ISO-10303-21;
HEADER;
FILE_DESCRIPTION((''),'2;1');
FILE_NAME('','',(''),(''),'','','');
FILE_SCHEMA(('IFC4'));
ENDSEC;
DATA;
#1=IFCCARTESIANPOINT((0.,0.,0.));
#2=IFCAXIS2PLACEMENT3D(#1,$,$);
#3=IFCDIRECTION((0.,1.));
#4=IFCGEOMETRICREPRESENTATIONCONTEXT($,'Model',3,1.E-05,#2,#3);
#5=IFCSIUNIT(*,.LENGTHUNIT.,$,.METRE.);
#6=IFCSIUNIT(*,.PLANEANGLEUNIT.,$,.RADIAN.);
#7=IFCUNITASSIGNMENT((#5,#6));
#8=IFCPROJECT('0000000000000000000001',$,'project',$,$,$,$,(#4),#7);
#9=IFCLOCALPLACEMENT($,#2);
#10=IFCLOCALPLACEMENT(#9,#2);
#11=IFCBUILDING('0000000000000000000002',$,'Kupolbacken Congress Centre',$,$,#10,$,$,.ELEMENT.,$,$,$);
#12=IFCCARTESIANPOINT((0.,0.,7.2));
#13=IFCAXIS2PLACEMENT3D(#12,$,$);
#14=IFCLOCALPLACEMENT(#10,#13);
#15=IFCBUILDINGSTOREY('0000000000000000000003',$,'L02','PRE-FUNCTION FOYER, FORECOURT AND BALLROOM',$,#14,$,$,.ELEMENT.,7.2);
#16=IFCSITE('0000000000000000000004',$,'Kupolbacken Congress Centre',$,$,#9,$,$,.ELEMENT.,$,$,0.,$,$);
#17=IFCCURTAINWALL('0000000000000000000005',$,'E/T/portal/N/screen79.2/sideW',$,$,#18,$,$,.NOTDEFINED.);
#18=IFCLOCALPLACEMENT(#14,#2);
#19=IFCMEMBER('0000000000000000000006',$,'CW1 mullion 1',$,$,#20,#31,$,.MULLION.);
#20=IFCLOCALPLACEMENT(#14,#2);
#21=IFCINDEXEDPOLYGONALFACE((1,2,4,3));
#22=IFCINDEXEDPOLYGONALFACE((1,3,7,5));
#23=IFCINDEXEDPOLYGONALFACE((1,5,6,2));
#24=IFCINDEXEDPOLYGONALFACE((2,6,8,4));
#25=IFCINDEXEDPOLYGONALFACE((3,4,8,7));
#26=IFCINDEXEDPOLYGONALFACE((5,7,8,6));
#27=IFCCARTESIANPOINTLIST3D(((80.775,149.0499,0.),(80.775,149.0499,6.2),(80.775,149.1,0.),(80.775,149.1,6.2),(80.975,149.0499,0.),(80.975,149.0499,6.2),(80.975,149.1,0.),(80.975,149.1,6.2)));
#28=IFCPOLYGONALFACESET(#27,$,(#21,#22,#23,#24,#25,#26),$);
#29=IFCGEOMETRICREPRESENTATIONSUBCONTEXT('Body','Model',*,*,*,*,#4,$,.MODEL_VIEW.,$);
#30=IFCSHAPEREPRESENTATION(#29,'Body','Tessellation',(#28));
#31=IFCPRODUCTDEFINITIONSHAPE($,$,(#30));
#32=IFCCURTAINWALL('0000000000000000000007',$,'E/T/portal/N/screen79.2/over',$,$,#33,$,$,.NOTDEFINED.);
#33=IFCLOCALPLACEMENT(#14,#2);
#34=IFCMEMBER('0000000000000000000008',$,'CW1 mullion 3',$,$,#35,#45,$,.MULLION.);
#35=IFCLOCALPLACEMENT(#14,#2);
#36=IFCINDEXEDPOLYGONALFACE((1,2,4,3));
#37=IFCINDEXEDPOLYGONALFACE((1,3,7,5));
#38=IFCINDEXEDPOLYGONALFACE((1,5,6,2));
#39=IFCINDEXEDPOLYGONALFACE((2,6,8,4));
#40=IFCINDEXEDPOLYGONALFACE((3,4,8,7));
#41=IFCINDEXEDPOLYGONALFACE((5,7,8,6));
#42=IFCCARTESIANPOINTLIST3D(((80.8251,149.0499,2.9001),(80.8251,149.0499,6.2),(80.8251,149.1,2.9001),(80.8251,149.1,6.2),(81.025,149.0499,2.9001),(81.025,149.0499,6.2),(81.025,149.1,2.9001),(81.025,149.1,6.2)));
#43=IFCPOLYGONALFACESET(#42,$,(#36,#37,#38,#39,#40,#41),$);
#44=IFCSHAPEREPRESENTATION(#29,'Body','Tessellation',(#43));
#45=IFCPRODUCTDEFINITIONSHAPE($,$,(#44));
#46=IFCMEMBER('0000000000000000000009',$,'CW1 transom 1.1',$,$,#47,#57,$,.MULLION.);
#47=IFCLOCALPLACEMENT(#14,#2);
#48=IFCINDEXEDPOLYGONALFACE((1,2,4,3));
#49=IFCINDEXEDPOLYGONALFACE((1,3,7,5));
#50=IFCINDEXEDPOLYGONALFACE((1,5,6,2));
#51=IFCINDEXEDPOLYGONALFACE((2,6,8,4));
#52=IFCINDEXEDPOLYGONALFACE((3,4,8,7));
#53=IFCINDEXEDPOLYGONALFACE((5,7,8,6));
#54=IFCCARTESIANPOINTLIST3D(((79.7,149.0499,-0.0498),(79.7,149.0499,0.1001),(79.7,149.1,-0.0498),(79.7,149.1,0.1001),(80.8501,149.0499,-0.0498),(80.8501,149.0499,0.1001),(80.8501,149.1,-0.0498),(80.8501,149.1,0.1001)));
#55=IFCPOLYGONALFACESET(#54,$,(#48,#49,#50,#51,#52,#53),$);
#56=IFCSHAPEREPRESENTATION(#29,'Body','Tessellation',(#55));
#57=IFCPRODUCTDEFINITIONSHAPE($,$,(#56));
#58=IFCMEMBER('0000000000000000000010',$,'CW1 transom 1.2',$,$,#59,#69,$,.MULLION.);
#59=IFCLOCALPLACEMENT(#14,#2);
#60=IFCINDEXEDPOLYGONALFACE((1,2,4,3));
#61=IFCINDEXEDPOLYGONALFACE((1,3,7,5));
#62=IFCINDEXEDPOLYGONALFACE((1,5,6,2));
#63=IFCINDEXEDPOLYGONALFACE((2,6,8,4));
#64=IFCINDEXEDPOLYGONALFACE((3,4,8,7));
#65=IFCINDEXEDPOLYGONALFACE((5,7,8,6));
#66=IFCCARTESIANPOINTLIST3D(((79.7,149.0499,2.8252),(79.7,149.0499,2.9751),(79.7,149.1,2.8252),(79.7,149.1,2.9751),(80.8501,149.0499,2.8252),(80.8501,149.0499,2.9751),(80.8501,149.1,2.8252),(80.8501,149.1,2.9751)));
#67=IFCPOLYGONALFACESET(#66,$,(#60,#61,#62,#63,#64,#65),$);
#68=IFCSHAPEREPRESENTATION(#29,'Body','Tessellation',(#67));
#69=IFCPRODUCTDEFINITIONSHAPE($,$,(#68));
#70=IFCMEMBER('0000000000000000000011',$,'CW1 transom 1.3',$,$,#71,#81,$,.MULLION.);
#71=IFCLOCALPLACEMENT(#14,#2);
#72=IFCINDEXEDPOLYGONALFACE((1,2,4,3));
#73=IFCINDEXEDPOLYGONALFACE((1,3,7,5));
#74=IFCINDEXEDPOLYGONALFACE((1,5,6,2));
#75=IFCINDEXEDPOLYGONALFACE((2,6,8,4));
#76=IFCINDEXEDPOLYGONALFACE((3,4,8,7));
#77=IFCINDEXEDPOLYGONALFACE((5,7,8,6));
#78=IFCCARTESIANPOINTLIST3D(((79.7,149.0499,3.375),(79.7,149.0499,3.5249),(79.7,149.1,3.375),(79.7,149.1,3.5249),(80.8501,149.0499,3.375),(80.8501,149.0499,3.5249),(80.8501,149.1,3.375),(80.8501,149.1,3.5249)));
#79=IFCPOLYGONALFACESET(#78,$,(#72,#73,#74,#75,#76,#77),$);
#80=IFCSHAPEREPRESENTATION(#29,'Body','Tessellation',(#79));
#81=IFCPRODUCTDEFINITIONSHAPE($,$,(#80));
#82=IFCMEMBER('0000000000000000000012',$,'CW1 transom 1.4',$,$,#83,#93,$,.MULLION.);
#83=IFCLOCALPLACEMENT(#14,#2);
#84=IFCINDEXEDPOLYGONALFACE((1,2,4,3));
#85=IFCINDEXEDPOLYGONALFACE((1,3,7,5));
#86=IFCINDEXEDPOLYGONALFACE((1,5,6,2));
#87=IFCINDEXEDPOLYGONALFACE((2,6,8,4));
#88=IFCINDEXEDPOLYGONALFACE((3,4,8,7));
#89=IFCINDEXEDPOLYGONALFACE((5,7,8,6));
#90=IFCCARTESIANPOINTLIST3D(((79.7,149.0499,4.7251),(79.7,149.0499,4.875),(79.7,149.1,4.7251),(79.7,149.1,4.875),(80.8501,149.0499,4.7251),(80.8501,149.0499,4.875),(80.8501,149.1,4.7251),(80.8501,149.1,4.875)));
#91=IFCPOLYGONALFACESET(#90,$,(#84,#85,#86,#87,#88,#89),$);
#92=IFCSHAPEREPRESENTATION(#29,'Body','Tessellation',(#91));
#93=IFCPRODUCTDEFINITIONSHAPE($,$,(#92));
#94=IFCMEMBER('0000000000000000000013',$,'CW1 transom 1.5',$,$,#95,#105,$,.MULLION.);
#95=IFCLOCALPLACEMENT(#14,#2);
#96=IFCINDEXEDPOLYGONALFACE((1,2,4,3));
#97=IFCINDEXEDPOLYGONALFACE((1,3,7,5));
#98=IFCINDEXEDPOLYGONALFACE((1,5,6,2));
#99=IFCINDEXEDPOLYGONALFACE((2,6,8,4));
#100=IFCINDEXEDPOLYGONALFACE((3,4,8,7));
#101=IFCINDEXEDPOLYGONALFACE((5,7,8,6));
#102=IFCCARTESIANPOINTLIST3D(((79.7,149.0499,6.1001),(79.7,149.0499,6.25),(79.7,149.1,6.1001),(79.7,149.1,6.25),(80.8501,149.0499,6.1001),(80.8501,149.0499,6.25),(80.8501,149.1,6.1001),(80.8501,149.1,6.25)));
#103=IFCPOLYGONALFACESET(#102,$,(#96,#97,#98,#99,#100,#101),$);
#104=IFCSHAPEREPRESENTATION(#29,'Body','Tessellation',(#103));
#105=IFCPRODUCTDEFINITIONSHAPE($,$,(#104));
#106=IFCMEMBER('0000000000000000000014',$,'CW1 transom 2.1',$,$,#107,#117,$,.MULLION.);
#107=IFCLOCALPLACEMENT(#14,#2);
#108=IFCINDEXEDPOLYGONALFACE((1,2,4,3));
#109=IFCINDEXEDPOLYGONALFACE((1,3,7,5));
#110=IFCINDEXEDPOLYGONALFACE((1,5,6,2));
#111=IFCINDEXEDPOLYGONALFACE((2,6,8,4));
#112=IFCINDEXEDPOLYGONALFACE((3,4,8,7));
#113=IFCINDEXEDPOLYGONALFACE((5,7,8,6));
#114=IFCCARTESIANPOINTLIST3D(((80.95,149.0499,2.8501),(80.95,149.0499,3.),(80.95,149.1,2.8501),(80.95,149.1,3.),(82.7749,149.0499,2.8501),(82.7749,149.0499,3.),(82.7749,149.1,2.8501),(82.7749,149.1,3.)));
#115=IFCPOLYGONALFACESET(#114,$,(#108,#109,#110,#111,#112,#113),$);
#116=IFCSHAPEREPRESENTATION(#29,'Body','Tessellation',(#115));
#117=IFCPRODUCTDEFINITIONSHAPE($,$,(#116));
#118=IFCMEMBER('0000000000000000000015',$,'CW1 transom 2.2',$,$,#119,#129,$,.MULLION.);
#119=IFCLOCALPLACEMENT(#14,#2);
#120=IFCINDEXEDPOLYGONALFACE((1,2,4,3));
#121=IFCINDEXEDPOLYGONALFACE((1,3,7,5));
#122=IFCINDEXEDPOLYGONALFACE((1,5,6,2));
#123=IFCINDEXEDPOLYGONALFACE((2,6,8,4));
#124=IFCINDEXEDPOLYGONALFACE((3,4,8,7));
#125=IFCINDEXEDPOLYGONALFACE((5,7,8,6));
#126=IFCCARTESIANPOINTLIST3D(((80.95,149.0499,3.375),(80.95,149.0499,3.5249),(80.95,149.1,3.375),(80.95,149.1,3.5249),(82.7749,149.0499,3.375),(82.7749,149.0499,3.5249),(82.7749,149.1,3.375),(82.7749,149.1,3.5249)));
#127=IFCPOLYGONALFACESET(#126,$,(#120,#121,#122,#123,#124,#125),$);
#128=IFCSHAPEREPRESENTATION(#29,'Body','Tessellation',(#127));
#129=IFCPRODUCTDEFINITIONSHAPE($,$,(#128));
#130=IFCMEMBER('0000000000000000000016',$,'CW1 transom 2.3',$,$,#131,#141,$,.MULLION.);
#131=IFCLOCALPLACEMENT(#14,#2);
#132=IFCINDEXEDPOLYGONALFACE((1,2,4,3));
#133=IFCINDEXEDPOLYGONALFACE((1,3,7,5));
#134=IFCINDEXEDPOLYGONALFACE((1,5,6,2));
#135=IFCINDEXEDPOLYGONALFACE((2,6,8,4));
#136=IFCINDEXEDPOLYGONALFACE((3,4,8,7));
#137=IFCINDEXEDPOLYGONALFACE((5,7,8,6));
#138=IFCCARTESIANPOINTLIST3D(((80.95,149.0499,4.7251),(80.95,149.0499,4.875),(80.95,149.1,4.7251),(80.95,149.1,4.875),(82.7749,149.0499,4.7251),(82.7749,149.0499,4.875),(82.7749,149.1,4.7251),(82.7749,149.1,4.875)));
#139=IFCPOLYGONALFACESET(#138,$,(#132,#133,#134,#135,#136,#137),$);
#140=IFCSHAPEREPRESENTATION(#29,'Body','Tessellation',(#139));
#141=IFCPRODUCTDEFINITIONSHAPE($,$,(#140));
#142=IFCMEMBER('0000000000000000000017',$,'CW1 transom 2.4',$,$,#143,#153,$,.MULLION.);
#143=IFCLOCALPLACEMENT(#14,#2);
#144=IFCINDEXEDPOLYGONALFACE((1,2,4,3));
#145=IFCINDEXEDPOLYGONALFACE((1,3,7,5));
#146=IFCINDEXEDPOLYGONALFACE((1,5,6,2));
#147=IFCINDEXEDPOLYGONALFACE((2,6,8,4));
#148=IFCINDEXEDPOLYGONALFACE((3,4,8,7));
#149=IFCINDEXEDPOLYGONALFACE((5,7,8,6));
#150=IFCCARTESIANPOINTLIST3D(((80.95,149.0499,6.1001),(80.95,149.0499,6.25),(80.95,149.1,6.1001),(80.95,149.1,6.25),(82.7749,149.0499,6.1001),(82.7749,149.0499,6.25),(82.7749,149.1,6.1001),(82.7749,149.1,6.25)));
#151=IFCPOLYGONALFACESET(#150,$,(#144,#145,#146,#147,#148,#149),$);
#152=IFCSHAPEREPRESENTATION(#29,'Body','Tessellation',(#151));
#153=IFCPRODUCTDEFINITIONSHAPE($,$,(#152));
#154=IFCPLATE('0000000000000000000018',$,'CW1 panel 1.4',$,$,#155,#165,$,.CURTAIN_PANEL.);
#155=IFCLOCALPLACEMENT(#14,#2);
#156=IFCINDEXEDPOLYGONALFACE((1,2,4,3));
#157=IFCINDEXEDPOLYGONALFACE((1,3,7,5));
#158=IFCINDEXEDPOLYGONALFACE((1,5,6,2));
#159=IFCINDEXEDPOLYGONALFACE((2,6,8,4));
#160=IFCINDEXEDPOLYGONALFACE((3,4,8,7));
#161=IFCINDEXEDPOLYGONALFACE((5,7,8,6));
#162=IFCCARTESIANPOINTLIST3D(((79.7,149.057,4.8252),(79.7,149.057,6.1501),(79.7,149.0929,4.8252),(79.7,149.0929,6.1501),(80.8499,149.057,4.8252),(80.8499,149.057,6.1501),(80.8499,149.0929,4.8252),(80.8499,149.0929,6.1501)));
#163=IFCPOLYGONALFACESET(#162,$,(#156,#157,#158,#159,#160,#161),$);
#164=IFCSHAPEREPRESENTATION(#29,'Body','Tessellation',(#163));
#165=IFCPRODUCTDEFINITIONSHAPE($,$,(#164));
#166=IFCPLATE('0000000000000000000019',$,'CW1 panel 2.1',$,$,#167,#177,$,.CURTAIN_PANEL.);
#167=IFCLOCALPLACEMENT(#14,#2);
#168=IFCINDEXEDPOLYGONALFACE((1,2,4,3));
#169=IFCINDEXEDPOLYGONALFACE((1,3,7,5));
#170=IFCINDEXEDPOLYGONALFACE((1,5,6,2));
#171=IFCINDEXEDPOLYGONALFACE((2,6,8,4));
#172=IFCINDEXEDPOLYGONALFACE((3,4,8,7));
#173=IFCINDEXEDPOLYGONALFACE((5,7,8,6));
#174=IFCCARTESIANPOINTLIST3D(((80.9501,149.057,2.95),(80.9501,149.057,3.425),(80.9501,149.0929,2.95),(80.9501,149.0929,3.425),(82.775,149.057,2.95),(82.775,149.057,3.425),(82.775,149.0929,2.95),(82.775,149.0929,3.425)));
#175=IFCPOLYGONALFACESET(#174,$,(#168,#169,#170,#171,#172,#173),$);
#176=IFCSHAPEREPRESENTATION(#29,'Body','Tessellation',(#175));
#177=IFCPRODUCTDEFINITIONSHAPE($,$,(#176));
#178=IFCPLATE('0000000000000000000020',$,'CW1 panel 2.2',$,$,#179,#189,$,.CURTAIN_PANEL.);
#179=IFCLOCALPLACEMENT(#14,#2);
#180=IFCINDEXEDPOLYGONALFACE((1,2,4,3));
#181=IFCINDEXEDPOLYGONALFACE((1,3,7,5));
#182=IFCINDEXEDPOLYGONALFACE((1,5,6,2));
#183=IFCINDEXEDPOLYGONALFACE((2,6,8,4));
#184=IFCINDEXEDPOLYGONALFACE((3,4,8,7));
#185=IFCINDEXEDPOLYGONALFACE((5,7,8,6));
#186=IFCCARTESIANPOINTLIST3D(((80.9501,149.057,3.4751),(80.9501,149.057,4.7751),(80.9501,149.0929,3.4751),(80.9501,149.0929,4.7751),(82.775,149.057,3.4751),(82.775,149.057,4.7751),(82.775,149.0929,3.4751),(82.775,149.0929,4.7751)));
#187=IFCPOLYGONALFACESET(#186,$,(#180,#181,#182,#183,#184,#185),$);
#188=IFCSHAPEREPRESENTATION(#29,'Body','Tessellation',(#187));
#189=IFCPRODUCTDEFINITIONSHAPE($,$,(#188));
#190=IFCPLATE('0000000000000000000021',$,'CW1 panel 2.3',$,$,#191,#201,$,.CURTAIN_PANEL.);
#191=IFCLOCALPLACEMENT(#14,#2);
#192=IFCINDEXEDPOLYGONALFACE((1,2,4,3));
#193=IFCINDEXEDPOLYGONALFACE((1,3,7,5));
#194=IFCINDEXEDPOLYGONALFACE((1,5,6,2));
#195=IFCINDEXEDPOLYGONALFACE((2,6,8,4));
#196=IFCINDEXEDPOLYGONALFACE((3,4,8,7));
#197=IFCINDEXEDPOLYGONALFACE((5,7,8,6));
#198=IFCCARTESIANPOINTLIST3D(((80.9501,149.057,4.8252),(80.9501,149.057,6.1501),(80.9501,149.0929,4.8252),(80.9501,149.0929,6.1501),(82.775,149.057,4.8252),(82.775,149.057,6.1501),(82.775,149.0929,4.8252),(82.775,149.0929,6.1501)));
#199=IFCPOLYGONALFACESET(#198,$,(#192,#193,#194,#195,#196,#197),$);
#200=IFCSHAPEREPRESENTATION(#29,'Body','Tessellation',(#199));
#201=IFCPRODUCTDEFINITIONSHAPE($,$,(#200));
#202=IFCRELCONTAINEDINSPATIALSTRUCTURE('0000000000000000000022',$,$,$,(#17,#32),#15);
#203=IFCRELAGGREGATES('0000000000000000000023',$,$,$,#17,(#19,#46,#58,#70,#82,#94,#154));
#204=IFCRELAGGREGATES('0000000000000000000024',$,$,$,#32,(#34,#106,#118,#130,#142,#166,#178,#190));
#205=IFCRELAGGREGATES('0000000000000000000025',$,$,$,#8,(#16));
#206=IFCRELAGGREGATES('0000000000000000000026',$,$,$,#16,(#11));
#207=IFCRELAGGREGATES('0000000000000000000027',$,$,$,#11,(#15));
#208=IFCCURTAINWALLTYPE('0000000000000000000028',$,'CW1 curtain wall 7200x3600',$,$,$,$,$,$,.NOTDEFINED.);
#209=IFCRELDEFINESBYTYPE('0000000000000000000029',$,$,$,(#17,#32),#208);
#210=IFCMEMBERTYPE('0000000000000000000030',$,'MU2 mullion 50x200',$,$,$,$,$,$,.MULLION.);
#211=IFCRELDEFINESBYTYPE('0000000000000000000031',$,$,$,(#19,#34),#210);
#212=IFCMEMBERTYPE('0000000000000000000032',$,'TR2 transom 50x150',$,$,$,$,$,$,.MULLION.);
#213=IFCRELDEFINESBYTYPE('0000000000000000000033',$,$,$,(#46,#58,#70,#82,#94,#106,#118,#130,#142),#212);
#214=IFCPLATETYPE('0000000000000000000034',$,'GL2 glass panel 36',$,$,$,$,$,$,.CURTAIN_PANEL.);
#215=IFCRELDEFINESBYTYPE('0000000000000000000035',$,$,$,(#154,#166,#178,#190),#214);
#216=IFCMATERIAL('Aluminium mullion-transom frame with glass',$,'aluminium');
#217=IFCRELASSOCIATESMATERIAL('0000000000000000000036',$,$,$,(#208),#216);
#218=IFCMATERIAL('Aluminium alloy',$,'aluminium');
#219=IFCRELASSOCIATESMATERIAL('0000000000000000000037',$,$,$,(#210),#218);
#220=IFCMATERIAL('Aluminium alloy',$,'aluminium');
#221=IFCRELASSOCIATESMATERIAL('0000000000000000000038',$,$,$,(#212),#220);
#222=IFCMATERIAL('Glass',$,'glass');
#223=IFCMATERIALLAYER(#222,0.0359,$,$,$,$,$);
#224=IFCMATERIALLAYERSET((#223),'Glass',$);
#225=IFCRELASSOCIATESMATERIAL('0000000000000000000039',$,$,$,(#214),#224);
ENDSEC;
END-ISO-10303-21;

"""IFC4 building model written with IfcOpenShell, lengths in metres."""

from ifc_helpers import new_model, si_unit, direction, frame, origin, origin_2d, place, context, subcontext, project, spatial, rectangle, extrude, material, layer, layer_set, material_profile, profile_set, type_object, element, aggregate, save


model = new_model("IFC4")

# Units and contexts
model_context = context("Model", 3, precision=1e-05, world=origin(), true_north=direction((0.0, 1.0)))
body_context = subcontext(model_context, "Body", "Model", "MODEL_VIEW")
ifc_project = project(units=[si_unit("LENGTHUNIT", "METRE"), si_unit("PLANEANGLEUNIT", "RADIAN")], contexts=[model_context])

# Site, building, storey
site_placement = place(None, origin())
site = spatial("IfcSite", under=ifc_project, at=site_placement, Name="Kupolbacken Congress Centre", CompositionType="ELEMENT", RefElevation=0.0)
building_placement = place(site_placement, origin())
building = spatial("IfcBuilding", under=site, at=building_placement, Name="Kupolbacken Congress Centre", CompositionType="ELEMENT")
storey_placement = place(building_placement, frame((0.0, 0.0, 7.2)))
storey = spatial("IfcBuildingStorey", under=building, at=storey_placement, Name="L02", Description="PRE-FUNCTION FOYER, FORECOURT AND BALLROOM", CompositionType="ELEMENT", Elevation=7.2)

# Curtain walls, members
ifc_material_1 = material(Name="Aluminium mullion-transom frame with glass", Category="aluminium")
curtain_wall_type = type_object("IfcCurtainWallType", Name="CW1 curtain wall 7200x3600", PredefinedType="NOTDEFINED", material=ifc_material_1)
curtain_wall_1_placement = place(storey_placement, origin())
curtain_wall_1 = element("IfcCurtainWall", 1, at=curtain_wall_1_placement, inside=storey, type_object=curtain_wall_type, Name="E/T/portal/N/screen79.2/sideW", PredefinedType="NOTDEFINED")
ifc_material_2 = material(Name="Aluminium alloy", Category="aluminium")
ifc_material_profile_1 = material_profile(ifc_material_2, rectangle(XDim=0.05, YDim=0.2, at=origin_2d()), Name="50 x 200")
ifc_profile_set_1 = profile_set([ifc_material_profile_1], Name="Aluminium alloy")
member_type_1 = type_object("IfcMemberType", Name="MU2 mullion 50x200", PredefinedType="MULLION", material=ifc_profile_set_1)
member_1_placement = place(storey_placement, frame((80.875, 149.075, 0.0), z_axis=(0.0, 0.0, 1.0), x_axis=(0.0, -1.0, 0.0)))
member_1 = element("IfcMember", 2, at=member_1_placement, type_object=member_type_1, Name="CW1 mullion 1", PredefinedType="MULLION", context=body_context, shape_type="SweptSolid", body=[
    extrude(rectangle(XDim=0.05, YDim=0.2, at=origin_2d()), origin(), (0.0, 0.0, 1.0), 6.2),
])
curtain_wall_2_placement = place(storey_placement, origin())
curtain_wall_2 = element("IfcCurtainWall", 3, at=curtain_wall_2_placement, inside=storey, type_object=curtain_wall_type, Name="E/T/portal/N/screen79.2/over", PredefinedType="NOTDEFINED")
member_2_placement = place(storey_placement, frame((80.925, 149.075, 2.9001), z_axis=(0.0, 0.0, 1.0), x_axis=(0.0, -1.0, 0.0)))
member_2 = element("IfcMember", 4, at=member_2_placement, type_object=member_type_1, Name="CW1 mullion 3", PredefinedType="MULLION", context=body_context, shape_type="SweptSolid", body=[
    extrude(rectangle(XDim=0.05, YDim=0.2, at=origin_2d()), origin(), (0.0, 0.0, 1.0), 3.2998),
])

# Members
ifc_material_3 = material(Name="Aluminium alloy", Category="aluminium")
ifc_material_profile_2 = material_profile(ifc_material_3, rectangle(XDim=0.05, YDim=0.1499, at=origin_2d()), Name="50 x 150")
ifc_profile_set_2 = profile_set([ifc_material_profile_2], Name="Aluminium alloy")
member_type_2 = type_object("IfcMemberType", Name="TR2 transom 50x150", PredefinedType="MULLION", material=ifc_profile_set_2)
member_3_placement = place(storey_placement, frame((80.8501, 149.075, 0.0251), z_axis=(-1.0, 0.0, 0.0), x_axis=(0.0, -1.0, 0.0)))
member_3 = element("IfcMember", 5, at=member_3_placement, type_object=member_type_2, Name="CW1 transom 1.1", PredefinedType="MULLION", context=body_context, shape_type="SweptSolid", body=[
    extrude(rectangle(XDim=0.05, YDim=0.1499, at=origin_2d()), origin(), (0.0, 0.0, 1.0), 1.1501),
])
member_4_placement = place(storey_placement, frame((80.8501, 149.075, 2.9001), z_axis=(-1.0, 0.0, 0.0), x_axis=(0.0, -1.0, 0.0)))
member_4 = element("IfcMember", 6, at=member_4_placement, type_object=member_type_2, Name="CW1 transom 1.2", PredefinedType="MULLION", context=body_context, shape_type="SweptSolid", body=[
    extrude(rectangle(XDim=0.05, YDim=0.1499, at=origin_2d()), origin(), (0.0, 0.0, 1.0), 1.1501),
])
member_5_placement = place(storey_placement, frame((80.8501, 149.075, 3.45), z_axis=(-1.0, 0.0, 0.0), x_axis=(0.0, -1.0, 0.0)))
member_5 = element("IfcMember", 7, at=member_5_placement, type_object=member_type_2, Name="CW1 transom 1.3", PredefinedType="MULLION", context=body_context, shape_type="SweptSolid", body=[
    extrude(rectangle(XDim=0.05, YDim=0.1499, at=origin_2d()), origin(), (0.0, 0.0, 1.0), 1.1501),
])
member_6_placement = place(storey_placement, frame((80.8501, 149.075, 4.8), z_axis=(-1.0, 0.0, 0.0), x_axis=(0.0, -1.0, 0.0)))
member_6 = element("IfcMember", 8, at=member_6_placement, type_object=member_type_2, Name="CW1 transom 1.4", PredefinedType="MULLION", context=body_context, shape_type="SweptSolid", body=[
    extrude(rectangle(XDim=0.05, YDim=0.1499, at=origin_2d()), origin(), (0.0, 0.0, 1.0), 1.1501),
])
member_7_placement = place(storey_placement, frame((80.8501, 149.075, 6.175), z_axis=(-1.0, 0.0, 0.0), x_axis=(0.0, -1.0, 0.0)))
member_7 = element("IfcMember", 9, at=member_7_placement, type_object=member_type_2, Name="CW1 transom 1.5", PredefinedType="MULLION", context=body_context, shape_type="SweptSolid", body=[
    extrude(rectangle(XDim=0.05, YDim=0.1499, at=origin_2d()), origin(), (0.0, 0.0, 1.0), 1.1501),
])
member_8_placement = place(storey_placement, frame((82.7749, 149.075, 2.925), z_axis=(-1.0, 0.0, 0.0), x_axis=(0.0, -1.0, 0.0)))
member_8 = element("IfcMember", 10, at=member_8_placement, type_object=member_type_2, Name="CW1 transom 2.1", PredefinedType="MULLION", context=body_context, shape_type="SweptSolid", body=[
    extrude(rectangle(XDim=0.05, YDim=0.1499, at=origin_2d()), origin(), (0.0, 0.0, 1.0), 1.825),
])
member_9_placement = place(storey_placement, frame((82.7749, 149.075, 3.45), z_axis=(-1.0, 0.0, 0.0), x_axis=(0.0, -1.0, 0.0)))
member_9 = element("IfcMember", 11, at=member_9_placement, type_object=member_type_2, Name="CW1 transom 2.2", PredefinedType="MULLION", context=body_context, shape_type="SweptSolid", body=[
    extrude(rectangle(XDim=0.05, YDim=0.1499, at=origin_2d()), origin(), (0.0, 0.0, 1.0), 1.825),
])
member_10_placement = place(storey_placement, frame((82.7749, 149.075, 4.8), z_axis=(-1.0, 0.0, 0.0), x_axis=(0.0, -1.0, 0.0)))
member_10 = element("IfcMember", 12, at=member_10_placement, type_object=member_type_2, Name="CW1 transom 2.3", PredefinedType="MULLION", context=body_context, shape_type="SweptSolid", body=[
    extrude(rectangle(XDim=0.05, YDim=0.1499, at=origin_2d()), origin(), (0.0, 0.0, 1.0), 1.825),
])
member_11_placement = place(storey_placement, frame((82.7749, 149.075, 6.175), z_axis=(-1.0, 0.0, 0.0), x_axis=(0.0, -1.0, 0.0)))
member_11 = element("IfcMember", 13, at=member_11_placement, type_object=member_type_2, Name="CW1 transom 2.4", PredefinedType="MULLION", context=body_context, shape_type="SweptSolid", body=[
    extrude(rectangle(XDim=0.05, YDim=0.1499, at=origin_2d()), origin(), (0.0, 0.0, 1.0), 1.825),
])

# Plates
ifc_material_4 = material(Name="Glass", Category="glass")
ifc_layer_1 = layer(ifc_material_4, 0.0359)
ifc_layer_set_1 = layer_set([ifc_layer_1], Name="Glass")
plate_type = type_object("IfcPlateType", Name="GL2 glass panel 36", PredefinedType="CURTAIN_PANEL", material=ifc_layer_set_1)
plate_1_placement = place(storey_placement, frame((80.2749, 149.075, 4.8252), z_axis=(0.0, 0.0, 1.0), x_axis=(-1.0, 0.0, 0.0)))
plate_1 = element("IfcPlate", 14, at=plate_1_placement, type_object=plate_type, Name="CW1 panel 1.4", PredefinedType="CURTAIN_PANEL", context=body_context, shape_type="SweptSolid", body=[
    extrude(rectangle(XDim=1.1499, YDim=0.0359, at=origin_2d()), origin(), (0.0, 0.0, 1.0), 1.325),
])
aggregate(curtain_wall_1, [member_1, member_3, member_4, member_5, member_6, member_7, plate_1])
plate_2_placement = place(storey_placement, frame((81.8625, 149.075, 2.95), z_axis=(0.0, 0.0, 1.0), x_axis=(-1.0, 0.0, 0.0)))
plate_2 = element("IfcPlate", 15, at=plate_2_placement, type_object=plate_type, Name="CW1 panel 2.1", PredefinedType="CURTAIN_PANEL", context=body_context, shape_type="SweptSolid", body=[
    extrude(rectangle(XDim=1.825, YDim=0.0359, at=origin_2d()), origin(), (0.0, 0.0, 1.0), 0.4751),
])
plate_3_placement = place(storey_placement, frame((81.8625, 149.075, 3.4751), z_axis=(0.0, 0.0, 1.0), x_axis=(-1.0, 0.0, 0.0)))
plate_3 = element("IfcPlate", 16, at=plate_3_placement, type_object=plate_type, Name="CW1 panel 2.2", PredefinedType="CURTAIN_PANEL", context=body_context, shape_type="SweptSolid", body=[
    extrude(rectangle(XDim=1.825, YDim=0.0359, at=origin_2d()), origin(), (0.0, 0.0, 1.0), 1.3),
])
plate_4_placement = place(storey_placement, frame((81.8625, 149.075, 4.8252), z_axis=(0.0, 0.0, 1.0), x_axis=(-1.0, 0.0, 0.0)))
plate_4 = element("IfcPlate", 17, at=plate_4_placement, type_object=plate_type, Name="CW1 panel 2.3", PredefinedType="CURTAIN_PANEL", context=body_context, shape_type="SweptSolid", body=[
    extrude(rectangle(XDim=1.825, YDim=0.0359, at=origin_2d()), origin(), (0.0, 0.0, 1.0), 1.325),
])
aggregate(curtain_wall_2, [member_2, member_8, member_9, member_10, member_11, plate_2, plate_3, plate_4])

save(model, "model.ifc")
